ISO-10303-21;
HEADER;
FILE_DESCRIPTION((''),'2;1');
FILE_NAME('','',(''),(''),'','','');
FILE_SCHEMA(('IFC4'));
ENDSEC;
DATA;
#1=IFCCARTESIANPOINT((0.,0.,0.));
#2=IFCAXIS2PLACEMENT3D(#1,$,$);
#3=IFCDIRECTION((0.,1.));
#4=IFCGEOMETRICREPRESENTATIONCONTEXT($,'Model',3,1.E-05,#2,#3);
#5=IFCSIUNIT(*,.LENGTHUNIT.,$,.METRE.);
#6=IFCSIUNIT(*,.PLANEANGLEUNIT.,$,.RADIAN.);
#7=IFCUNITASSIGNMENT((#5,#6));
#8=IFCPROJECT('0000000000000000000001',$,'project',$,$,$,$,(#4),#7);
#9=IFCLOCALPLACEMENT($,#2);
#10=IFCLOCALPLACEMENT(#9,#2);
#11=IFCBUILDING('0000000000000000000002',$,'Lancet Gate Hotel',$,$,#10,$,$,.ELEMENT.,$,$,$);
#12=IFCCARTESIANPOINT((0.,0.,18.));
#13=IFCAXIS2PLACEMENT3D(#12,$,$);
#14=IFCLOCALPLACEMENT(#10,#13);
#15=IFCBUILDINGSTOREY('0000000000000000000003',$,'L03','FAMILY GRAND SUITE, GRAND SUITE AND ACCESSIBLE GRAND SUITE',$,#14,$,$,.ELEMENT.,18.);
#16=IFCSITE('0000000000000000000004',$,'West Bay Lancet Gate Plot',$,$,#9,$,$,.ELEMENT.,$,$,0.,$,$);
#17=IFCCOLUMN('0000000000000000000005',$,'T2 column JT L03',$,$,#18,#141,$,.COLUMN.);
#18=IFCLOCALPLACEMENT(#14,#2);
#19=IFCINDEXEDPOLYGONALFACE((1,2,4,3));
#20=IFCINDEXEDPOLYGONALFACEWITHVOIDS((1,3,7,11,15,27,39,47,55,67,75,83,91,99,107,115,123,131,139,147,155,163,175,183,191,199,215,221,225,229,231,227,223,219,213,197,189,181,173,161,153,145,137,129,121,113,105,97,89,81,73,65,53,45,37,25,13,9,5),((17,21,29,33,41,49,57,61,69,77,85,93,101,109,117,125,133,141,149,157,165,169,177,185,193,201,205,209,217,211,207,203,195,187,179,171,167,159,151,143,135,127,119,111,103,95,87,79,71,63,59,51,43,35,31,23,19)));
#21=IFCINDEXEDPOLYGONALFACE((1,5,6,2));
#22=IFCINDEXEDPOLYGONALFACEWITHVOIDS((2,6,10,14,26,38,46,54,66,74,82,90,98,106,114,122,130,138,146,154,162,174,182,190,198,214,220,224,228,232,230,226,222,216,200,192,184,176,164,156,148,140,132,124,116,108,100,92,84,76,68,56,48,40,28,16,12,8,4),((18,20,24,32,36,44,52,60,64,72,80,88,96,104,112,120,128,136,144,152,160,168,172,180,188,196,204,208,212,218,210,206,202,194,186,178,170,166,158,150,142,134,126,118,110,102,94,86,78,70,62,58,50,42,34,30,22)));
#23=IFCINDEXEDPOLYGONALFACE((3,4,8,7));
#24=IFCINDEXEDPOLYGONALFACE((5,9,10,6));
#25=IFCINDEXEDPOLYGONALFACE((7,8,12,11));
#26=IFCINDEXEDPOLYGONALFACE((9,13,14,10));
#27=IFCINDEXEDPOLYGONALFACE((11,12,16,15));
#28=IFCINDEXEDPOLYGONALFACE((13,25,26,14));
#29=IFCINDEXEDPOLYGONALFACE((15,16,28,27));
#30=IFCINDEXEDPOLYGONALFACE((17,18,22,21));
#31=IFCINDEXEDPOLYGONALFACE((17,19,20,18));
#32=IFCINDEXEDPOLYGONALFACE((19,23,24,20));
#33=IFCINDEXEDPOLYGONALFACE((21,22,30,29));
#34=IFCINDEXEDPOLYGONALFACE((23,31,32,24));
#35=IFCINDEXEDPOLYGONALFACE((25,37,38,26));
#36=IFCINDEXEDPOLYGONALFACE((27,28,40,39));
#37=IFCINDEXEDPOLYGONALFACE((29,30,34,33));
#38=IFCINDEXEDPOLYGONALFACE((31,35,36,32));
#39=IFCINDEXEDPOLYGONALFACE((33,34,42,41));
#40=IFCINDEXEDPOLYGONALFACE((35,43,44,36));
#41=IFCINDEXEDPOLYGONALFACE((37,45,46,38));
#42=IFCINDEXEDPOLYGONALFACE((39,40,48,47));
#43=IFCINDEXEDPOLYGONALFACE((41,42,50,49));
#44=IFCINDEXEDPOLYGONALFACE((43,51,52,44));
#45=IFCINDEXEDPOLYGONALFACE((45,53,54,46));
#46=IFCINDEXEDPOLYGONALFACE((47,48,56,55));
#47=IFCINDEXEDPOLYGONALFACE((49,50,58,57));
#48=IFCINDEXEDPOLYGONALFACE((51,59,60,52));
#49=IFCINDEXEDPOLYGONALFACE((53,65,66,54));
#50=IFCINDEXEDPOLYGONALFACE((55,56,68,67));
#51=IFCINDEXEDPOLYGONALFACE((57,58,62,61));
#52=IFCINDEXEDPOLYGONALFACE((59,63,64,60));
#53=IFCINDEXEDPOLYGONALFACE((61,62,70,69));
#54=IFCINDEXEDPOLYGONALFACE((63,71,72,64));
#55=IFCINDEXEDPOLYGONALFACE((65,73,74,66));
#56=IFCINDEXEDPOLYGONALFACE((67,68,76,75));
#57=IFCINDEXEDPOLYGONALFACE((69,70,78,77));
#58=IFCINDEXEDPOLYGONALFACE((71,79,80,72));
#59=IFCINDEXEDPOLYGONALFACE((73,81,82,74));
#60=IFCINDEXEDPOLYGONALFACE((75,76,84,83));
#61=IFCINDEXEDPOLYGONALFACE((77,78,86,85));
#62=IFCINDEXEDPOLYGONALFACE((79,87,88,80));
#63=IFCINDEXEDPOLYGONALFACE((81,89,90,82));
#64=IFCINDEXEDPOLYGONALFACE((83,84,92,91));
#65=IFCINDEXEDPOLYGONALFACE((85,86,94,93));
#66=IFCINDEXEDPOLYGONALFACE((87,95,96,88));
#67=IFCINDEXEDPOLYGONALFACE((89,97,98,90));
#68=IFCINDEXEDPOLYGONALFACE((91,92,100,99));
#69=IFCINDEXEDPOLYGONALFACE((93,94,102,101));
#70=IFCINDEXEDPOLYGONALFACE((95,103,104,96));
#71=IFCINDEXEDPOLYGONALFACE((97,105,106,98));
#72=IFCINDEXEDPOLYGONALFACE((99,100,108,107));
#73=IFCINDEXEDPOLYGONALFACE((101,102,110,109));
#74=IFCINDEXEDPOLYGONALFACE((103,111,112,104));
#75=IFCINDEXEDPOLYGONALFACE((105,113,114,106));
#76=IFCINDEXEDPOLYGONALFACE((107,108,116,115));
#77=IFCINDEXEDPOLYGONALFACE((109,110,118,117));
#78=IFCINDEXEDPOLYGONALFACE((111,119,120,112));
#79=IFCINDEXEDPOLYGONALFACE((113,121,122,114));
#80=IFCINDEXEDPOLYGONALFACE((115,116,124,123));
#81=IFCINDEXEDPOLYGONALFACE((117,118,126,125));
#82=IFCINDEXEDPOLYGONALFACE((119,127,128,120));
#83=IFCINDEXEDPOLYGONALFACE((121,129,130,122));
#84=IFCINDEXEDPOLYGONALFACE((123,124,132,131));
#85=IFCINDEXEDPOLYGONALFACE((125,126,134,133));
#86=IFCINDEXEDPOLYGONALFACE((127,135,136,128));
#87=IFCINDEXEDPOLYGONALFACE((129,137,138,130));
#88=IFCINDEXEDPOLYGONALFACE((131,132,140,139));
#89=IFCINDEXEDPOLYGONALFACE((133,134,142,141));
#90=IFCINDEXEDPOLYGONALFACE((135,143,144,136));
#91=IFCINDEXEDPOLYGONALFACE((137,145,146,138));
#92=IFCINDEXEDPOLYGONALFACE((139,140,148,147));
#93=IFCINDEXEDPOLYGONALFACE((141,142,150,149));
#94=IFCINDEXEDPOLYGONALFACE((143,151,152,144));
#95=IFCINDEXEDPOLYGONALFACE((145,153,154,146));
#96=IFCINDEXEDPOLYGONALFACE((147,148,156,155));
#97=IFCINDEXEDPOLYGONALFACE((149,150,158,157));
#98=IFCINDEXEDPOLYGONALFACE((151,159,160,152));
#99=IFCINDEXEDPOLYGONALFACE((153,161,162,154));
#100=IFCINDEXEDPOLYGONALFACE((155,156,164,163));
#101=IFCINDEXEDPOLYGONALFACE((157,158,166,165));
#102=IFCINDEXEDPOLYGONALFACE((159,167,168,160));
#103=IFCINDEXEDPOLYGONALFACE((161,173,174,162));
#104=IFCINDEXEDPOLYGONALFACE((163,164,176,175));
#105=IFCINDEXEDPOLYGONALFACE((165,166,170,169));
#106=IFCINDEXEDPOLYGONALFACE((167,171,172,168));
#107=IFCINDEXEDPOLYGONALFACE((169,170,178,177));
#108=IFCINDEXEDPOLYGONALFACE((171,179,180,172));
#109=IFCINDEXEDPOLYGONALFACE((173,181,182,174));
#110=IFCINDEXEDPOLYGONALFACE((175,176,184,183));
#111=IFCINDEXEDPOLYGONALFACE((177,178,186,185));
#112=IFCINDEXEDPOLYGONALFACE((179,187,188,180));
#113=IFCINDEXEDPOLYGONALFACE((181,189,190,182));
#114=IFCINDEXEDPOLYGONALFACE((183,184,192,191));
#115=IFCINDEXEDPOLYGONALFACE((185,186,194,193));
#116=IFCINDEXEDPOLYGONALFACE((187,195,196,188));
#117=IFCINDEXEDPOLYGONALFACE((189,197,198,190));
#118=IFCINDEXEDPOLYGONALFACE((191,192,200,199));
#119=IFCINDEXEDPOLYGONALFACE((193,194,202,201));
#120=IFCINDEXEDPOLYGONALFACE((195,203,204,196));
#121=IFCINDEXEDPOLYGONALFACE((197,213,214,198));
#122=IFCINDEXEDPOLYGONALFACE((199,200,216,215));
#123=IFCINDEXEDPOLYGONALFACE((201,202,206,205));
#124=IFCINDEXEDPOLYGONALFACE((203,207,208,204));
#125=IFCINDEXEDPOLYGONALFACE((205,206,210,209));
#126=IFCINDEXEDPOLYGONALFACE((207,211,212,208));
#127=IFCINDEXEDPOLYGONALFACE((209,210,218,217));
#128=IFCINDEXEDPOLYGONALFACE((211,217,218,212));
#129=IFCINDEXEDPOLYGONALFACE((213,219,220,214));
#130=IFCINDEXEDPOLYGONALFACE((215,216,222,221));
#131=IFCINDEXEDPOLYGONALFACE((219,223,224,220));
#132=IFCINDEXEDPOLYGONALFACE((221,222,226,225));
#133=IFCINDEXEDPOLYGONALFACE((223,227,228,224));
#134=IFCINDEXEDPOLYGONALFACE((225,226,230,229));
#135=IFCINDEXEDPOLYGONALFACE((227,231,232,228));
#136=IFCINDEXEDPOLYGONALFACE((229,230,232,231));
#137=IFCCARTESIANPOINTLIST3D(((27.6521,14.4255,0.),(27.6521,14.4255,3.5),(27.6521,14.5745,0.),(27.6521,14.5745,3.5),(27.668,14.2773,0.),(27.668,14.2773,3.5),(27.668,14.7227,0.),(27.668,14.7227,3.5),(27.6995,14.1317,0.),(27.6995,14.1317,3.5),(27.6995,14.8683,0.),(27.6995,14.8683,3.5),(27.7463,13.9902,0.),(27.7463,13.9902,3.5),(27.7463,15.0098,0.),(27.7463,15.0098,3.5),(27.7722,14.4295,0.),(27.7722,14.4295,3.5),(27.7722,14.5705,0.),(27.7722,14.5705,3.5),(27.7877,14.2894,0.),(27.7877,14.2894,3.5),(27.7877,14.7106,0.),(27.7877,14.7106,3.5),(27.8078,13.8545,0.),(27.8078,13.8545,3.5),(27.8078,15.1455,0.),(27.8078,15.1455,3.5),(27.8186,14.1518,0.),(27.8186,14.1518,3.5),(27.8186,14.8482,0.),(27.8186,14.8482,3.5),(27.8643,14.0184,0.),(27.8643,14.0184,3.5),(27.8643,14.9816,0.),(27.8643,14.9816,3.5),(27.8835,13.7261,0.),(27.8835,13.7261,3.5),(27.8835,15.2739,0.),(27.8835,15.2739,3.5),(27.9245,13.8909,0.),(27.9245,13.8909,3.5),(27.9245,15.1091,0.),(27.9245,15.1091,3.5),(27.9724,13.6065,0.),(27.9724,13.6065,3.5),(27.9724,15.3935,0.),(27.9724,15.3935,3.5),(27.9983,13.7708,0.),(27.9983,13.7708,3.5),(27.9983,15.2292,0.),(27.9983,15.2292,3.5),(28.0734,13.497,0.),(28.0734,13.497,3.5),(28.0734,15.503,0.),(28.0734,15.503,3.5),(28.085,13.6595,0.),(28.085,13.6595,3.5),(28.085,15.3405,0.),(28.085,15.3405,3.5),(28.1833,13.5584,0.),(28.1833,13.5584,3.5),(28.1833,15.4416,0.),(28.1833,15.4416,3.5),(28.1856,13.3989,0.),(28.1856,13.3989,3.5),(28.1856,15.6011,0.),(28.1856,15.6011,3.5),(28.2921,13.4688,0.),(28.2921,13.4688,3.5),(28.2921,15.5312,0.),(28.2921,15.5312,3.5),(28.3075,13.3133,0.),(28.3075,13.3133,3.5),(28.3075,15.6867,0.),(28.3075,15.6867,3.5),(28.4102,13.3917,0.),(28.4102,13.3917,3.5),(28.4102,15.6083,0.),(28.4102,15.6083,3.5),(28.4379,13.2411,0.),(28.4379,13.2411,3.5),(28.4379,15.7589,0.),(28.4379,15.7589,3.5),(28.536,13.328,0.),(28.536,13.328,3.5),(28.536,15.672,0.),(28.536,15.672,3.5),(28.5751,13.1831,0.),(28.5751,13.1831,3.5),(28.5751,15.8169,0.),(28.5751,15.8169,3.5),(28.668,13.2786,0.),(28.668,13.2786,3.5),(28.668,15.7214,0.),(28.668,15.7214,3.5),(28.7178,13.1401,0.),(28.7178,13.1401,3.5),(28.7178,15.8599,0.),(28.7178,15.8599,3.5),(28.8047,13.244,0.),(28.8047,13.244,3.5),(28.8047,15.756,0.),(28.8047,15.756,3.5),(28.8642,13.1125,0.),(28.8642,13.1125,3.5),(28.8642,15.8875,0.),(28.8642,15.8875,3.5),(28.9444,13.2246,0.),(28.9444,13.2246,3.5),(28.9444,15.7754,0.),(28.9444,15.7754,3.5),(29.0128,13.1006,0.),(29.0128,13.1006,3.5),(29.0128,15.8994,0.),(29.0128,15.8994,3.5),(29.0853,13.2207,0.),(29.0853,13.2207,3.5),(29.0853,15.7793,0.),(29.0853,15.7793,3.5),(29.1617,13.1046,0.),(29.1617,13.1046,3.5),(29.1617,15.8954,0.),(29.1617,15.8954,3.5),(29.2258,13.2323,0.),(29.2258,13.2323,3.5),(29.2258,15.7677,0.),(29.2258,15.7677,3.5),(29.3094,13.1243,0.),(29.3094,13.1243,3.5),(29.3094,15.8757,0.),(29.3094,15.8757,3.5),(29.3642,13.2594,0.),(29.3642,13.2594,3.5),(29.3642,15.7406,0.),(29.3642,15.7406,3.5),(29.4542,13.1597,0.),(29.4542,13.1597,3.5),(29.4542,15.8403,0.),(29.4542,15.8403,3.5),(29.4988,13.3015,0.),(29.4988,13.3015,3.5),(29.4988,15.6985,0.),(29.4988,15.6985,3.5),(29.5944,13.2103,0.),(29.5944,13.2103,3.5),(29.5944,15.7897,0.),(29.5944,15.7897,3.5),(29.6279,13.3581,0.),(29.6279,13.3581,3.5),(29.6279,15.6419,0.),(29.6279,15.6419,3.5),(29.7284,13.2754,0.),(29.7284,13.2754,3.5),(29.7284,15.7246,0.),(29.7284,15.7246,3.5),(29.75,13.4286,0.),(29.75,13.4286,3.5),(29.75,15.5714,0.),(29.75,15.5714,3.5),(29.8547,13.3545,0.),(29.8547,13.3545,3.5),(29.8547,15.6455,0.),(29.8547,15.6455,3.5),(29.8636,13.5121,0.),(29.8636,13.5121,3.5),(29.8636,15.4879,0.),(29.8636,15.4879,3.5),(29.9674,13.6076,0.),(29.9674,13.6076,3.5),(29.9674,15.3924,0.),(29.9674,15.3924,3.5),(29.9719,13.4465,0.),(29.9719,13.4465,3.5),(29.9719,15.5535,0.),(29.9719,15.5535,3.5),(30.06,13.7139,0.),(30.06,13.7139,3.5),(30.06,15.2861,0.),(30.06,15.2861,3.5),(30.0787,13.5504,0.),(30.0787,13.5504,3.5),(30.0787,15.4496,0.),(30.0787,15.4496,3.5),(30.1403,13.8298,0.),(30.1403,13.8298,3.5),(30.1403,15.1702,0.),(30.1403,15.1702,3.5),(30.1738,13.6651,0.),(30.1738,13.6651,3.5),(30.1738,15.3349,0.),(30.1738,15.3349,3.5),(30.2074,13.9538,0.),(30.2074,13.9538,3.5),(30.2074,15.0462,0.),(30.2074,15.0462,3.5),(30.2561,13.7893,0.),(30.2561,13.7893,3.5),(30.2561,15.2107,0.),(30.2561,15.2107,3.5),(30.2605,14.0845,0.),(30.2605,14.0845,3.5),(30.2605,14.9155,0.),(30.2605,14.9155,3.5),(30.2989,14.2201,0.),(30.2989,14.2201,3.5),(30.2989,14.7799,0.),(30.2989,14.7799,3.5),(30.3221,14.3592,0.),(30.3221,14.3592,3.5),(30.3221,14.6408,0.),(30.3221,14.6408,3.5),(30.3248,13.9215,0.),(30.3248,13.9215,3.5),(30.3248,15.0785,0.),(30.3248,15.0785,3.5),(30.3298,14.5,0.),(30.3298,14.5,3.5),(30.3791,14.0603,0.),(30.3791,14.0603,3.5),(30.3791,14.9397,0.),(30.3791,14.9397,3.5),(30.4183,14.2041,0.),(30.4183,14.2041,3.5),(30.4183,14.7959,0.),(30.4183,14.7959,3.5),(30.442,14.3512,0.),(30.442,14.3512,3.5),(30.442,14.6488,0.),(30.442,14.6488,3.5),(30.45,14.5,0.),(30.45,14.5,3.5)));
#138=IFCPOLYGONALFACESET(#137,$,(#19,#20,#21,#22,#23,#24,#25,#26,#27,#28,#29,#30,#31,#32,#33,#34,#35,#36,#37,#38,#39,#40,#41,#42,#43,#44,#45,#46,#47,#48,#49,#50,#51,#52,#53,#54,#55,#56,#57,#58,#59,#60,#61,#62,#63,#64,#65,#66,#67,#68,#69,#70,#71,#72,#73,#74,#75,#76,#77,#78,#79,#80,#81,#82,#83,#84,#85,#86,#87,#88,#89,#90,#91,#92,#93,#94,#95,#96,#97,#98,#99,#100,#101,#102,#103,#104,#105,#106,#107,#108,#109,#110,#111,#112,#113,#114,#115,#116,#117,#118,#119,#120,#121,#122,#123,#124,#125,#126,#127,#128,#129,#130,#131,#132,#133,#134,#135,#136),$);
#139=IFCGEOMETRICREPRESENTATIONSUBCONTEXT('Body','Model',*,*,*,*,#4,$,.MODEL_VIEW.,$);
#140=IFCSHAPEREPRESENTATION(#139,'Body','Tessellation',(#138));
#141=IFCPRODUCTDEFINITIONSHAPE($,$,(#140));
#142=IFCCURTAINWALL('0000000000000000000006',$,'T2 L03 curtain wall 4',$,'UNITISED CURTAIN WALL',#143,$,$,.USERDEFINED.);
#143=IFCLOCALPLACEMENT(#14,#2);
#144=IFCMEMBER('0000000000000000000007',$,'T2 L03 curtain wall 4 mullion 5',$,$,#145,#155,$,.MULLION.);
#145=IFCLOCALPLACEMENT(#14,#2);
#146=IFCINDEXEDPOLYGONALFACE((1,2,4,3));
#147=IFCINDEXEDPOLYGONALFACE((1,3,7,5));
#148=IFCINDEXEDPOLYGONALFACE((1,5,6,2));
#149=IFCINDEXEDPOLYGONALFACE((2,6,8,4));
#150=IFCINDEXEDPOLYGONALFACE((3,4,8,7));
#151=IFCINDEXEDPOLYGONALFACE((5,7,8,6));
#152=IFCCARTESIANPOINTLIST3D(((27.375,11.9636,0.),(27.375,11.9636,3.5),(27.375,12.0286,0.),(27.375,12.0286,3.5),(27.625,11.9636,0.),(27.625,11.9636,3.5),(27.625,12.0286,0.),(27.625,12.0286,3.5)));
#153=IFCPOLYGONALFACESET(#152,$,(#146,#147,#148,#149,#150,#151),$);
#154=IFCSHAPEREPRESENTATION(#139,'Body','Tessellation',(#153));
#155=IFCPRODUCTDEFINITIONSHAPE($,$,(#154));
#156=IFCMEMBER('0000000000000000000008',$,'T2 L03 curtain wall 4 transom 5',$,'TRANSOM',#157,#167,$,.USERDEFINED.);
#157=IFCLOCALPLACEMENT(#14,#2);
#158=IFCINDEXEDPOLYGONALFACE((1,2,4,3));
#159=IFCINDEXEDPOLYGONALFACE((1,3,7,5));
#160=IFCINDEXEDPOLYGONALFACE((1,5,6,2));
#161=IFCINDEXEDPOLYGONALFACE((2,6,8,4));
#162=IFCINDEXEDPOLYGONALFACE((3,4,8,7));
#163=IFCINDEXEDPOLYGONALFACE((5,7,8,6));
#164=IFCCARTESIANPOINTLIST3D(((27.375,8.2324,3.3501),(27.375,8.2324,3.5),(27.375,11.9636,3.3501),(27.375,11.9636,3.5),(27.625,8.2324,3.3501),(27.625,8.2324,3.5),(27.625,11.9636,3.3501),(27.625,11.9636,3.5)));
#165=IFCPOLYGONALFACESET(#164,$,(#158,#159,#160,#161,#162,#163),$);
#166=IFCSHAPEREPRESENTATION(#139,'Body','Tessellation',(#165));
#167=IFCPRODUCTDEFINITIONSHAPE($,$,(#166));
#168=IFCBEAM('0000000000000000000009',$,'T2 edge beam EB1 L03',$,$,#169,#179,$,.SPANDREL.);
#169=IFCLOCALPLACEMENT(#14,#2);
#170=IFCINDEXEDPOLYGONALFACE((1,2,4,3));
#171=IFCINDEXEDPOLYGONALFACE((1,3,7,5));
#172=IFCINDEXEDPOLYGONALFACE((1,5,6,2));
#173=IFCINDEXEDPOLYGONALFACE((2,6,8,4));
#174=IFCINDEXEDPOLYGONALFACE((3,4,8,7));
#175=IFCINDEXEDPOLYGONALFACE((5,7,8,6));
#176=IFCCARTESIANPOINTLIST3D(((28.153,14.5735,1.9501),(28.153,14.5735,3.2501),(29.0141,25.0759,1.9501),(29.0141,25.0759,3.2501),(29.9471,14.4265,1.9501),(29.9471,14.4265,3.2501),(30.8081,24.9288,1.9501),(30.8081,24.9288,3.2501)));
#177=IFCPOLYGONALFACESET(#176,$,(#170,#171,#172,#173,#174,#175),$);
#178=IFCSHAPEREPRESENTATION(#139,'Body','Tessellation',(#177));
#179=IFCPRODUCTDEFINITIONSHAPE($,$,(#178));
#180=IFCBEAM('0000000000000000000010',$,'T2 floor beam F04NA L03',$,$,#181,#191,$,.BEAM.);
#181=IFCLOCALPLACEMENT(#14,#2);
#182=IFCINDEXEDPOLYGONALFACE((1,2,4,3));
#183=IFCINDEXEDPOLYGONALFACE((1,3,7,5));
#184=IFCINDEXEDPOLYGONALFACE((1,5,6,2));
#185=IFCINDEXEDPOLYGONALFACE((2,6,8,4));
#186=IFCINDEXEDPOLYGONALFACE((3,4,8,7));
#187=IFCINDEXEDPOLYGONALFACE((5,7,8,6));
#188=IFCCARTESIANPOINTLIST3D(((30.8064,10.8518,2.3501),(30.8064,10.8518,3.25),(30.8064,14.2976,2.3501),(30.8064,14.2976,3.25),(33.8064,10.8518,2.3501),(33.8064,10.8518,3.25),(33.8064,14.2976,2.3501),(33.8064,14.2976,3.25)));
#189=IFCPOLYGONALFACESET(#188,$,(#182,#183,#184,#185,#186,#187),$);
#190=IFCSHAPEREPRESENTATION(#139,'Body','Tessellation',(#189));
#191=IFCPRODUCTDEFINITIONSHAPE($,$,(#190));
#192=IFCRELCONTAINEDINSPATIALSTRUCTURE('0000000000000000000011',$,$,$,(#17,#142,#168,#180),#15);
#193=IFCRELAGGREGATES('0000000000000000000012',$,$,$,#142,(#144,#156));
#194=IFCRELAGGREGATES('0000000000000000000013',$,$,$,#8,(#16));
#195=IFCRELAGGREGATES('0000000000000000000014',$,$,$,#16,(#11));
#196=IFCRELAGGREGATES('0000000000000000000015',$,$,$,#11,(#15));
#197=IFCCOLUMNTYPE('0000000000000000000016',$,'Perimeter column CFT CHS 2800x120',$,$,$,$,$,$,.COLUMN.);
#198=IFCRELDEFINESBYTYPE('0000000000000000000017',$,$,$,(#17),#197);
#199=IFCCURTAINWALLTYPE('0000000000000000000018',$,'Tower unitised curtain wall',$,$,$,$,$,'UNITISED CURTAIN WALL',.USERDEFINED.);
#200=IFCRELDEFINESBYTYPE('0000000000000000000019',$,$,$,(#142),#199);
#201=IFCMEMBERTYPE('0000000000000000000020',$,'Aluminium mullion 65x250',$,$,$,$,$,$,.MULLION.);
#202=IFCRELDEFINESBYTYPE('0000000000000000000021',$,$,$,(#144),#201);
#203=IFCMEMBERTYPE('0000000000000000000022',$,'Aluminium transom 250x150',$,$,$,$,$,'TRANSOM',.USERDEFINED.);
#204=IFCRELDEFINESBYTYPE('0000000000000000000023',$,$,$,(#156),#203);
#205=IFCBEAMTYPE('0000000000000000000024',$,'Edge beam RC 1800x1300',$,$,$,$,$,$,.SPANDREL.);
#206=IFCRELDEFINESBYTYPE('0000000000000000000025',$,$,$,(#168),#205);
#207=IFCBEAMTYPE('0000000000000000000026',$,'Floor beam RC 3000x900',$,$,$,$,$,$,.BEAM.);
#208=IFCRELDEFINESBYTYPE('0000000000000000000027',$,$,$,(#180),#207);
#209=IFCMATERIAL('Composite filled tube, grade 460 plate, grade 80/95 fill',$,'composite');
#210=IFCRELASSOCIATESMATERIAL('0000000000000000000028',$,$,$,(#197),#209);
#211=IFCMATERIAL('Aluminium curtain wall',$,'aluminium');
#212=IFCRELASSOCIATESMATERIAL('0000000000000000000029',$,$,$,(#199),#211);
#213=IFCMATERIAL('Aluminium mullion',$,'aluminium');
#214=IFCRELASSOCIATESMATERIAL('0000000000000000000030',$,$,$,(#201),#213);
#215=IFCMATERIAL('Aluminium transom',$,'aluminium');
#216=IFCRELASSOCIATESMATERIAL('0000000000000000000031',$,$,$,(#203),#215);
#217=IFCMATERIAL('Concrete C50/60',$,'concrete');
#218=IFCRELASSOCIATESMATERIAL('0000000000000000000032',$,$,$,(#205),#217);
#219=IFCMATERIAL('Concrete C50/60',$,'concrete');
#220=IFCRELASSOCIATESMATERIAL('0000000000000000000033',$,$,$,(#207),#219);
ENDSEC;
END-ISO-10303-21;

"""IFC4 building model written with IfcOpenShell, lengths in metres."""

from ifc_helpers import new_model, si_unit, direction, frame, origin, origin_2d, place, context, subcontext, project, spatial, rectangle, hollow_circle, extrude, material, material_profile, profile_set, type_object, element, aggregate, save


model = new_model("IFC4")

# Units and contexts
model_context = context("Model", 3, precision=1e-05, world=origin(), true_north=direction((0.0, 1.0)))
body_context = subcontext(model_context, "Body", "Model", "MODEL_VIEW")
ifc_project = project(units=[si_unit("LENGTHUNIT", "METRE"), si_unit("PLANEANGLEUNIT", "RADIAN")], contexts=[model_context])

# Site, building, storey
site_placement = place(None, origin())
site = spatial("IfcSite", under=ifc_project, at=site_placement, Name="West Bay Lancet Gate Plot", CompositionType="ELEMENT", RefElevation=0.0)
building_placement = place(site_placement, origin())
building = spatial("IfcBuilding", under=site, at=building_placement, Name="Lancet Gate Hotel", CompositionType="ELEMENT")
storey_placement = place(building_placement, frame((0.0, 0.0, 18.0)))
storey = spatial("IfcBuildingStorey", under=building, at=storey_placement, Name="L03", Description="FAMILY GRAND SUITE, GRAND SUITE AND ACCESSIBLE GRAND SUITE", CompositionType="ELEMENT", Elevation=18.0)

# Column
ifc_material_1 = material(Name="Composite filled tube, grade 460 plate, grade 80/95 fill", Category="composite")
ifc_material_profile_1 = material_profile(ifc_material_1, hollow_circle(Radius=1.3999, WallThickness=0.1201, at=origin_2d()), Name="CHS 2800x120")
ifc_profile_set_1 = profile_set([ifc_material_profile_1], Name="Composite filled tube, grade 460 plate, grade 80/95 fill")
column_type = type_object("IfcColumnType", Name="Perimeter column CFT CHS 2800x120", PredefinedType="COLUMN", material=ifc_profile_set_1)
for number, where, z_axis, x_axis, name in (
    (1, (29.05, 14.5, 0.0), (0.0, 0.0, 1.0), (1.0, 0.0, 0.0), "T2 column JT L03"),
):
    element("IfcColumn", number, at=place(storey_placement, frame(where, z_axis=z_axis, x_axis=x_axis)), inside=storey, type_object=column_type, Name=name, PredefinedType="COLUMN", context=body_context, shape_type="SweptSolid", body=[
        extrude(hollow_circle(Radius=1.3999, WallThickness=0.1201, at=origin_2d()), origin(), (0.0, 0.0, 1.0), 3.5),
    ])

# Curtain wall, members
ifc_material_2 = material(Name="Aluminium curtain wall", Category="aluminium")
curtain_wall_type = type_object("IfcCurtainWallType", Name="Tower unitised curtain wall", ElementType="UNITISED CURTAIN WALL", PredefinedType="USERDEFINED", material=ifc_material_2)
curtain_wall_placement = place(storey_placement, origin())
curtain_wall = element("IfcCurtainWall", 2, at=curtain_wall_placement, inside=storey, type_object=curtain_wall_type, Name="T2 L03 curtain wall 4", ObjectType="UNITISED CURTAIN WALL", PredefinedType="USERDEFINED")
ifc_material_3 = material(Name="Aluminium mullion", Category="aluminium")
ifc_material_profile_2 = material_profile(ifc_material_3, rectangle(XDim=0.0649, YDim=0.25, at=origin_2d()), Name="MULLION 65x250")
ifc_profile_set_2 = profile_set([ifc_material_profile_2], Name="Aluminium mullion")
member_type_1 = type_object("IfcMemberType", Name="Aluminium mullion 65x250", PredefinedType="MULLION", material=ifc_profile_set_2)
member_1_placement = place(storey_placement, frame((27.5, 11.9961, 0.0), z_axis=(0.0, 0.0, 1.0), x_axis=(0.0, -1.0, 0.0)))
member_1 = element("IfcMember", 3, at=member_1_placement, type_object=member_type_1, Name="T2 L03 curtain wall 4 mullion 5", PredefinedType="MULLION", context=body_context, shape_type="SweptSolid", body=[
    extrude(rectangle(XDim=0.0649, YDim=0.25, at=origin_2d()), origin(), (0.0, 0.0, 1.0), 3.5),
])
ifc_material_4 = material(Name="Aluminium transom", Category="aluminium")
ifc_material_profile_3 = material_profile(ifc_material_4, rectangle(XDim=0.25, YDim=0.1499, at=origin_2d()), Name="TRANSOM 250x150")
ifc_profile_set_3 = profile_set([ifc_material_profile_3], Name="Aluminium transom")
member_type_2 = type_object("IfcMemberType", Name="Aluminium transom 250x150", ElementType="TRANSOM", PredefinedType="USERDEFINED", material=ifc_profile_set_3)
member_2_placement = place(storey_placement, frame((27.5, 11.9636, 3.425), z_axis=(0.0, -1.0, 0.0), x_axis=(1.0, 0.0, 0.0)))
member_2 = element("IfcMember", 4, at=member_2_placement, type_object=member_type_2, Name="T2 L03 curtain wall 4 transom 5", ObjectType="TRANSOM", PredefinedType="USERDEFINED", context=body_context, shape_type="SweptSolid", body=[
    extrude(rectangle(XDim=0.25, YDim=0.1499, at=origin_2d()), origin(), (0.0, 0.0, 1.0), 3.7312),
])

# Beams
ifc_material_5 = material(Name="Concrete C50/60", Category="concrete")
ifc_material_profile_4 = material_profile(ifc_material_5, rectangle(XDim=1.8, YDim=1.3, at=origin_2d()), Name="RC 1800x1300")
ifc_profile_set_4 = profile_set([ifc_material_profile_4], Name="Concrete C50/60")
beam_type_1 = type_object("IfcBeamType", Name="Edge beam RC 1800x1300", PredefinedType="SPANDREL", material=ifc_profile_set_4)
beam_1_placement = place(storey_placement, frame((29.05, 14.5, 2.6001), z_axis=(0.081715, 0.996656, 0.0), x_axis=(-0.996656, 0.081715, 0.0)))
element("IfcBeam", 5, at=beam_1_placement, inside=storey, type_object=beam_type_1, Name="T2 edge beam EB1 L03", PredefinedType="SPANDREL", context=body_context, shape_type="SweptSolid", body=[
    extrude(rectangle(XDim=1.8, YDim=1.3, at=origin_2d()), origin(), (0.0, 0.0, 1.0), 10.5376),
])
ifc_material_6 = material(Name="Concrete C50/60", Category="concrete")
ifc_material_profile_5 = material_profile(ifc_material_6, rectangle(XDim=3.0, YDim=0.8999, at=origin_2d()), Name="RC 3000x900")
ifc_profile_set_5 = profile_set([ifc_material_profile_5], Name="Concrete C50/60")
beam_type_2 = type_object("IfcBeamType", Name="Floor beam RC 3000x900", PredefinedType="BEAM", material=ifc_profile_set_5)
beam_2_placement = place(storey_placement, frame((32.3064, 10.8518, 2.8), z_axis=(0.0, 1.0, 0.0), x_axis=(-1.0, 0.0, 0.0)))
element("IfcBeam", 6, at=beam_2_placement, inside=storey, type_object=beam_type_2, Name="T2 floor beam F04NA L03", PredefinedType="BEAM", context=body_context, shape_type="SweptSolid", body=[
    extrude(rectangle(XDim=3.0, YDim=0.8999, at=origin_2d()), origin(), (0.0, 0.0, 1.0), 3.4458),
])

aggregate(curtain_wall, [member_1, member_2])

save(model, "model.ifc")
